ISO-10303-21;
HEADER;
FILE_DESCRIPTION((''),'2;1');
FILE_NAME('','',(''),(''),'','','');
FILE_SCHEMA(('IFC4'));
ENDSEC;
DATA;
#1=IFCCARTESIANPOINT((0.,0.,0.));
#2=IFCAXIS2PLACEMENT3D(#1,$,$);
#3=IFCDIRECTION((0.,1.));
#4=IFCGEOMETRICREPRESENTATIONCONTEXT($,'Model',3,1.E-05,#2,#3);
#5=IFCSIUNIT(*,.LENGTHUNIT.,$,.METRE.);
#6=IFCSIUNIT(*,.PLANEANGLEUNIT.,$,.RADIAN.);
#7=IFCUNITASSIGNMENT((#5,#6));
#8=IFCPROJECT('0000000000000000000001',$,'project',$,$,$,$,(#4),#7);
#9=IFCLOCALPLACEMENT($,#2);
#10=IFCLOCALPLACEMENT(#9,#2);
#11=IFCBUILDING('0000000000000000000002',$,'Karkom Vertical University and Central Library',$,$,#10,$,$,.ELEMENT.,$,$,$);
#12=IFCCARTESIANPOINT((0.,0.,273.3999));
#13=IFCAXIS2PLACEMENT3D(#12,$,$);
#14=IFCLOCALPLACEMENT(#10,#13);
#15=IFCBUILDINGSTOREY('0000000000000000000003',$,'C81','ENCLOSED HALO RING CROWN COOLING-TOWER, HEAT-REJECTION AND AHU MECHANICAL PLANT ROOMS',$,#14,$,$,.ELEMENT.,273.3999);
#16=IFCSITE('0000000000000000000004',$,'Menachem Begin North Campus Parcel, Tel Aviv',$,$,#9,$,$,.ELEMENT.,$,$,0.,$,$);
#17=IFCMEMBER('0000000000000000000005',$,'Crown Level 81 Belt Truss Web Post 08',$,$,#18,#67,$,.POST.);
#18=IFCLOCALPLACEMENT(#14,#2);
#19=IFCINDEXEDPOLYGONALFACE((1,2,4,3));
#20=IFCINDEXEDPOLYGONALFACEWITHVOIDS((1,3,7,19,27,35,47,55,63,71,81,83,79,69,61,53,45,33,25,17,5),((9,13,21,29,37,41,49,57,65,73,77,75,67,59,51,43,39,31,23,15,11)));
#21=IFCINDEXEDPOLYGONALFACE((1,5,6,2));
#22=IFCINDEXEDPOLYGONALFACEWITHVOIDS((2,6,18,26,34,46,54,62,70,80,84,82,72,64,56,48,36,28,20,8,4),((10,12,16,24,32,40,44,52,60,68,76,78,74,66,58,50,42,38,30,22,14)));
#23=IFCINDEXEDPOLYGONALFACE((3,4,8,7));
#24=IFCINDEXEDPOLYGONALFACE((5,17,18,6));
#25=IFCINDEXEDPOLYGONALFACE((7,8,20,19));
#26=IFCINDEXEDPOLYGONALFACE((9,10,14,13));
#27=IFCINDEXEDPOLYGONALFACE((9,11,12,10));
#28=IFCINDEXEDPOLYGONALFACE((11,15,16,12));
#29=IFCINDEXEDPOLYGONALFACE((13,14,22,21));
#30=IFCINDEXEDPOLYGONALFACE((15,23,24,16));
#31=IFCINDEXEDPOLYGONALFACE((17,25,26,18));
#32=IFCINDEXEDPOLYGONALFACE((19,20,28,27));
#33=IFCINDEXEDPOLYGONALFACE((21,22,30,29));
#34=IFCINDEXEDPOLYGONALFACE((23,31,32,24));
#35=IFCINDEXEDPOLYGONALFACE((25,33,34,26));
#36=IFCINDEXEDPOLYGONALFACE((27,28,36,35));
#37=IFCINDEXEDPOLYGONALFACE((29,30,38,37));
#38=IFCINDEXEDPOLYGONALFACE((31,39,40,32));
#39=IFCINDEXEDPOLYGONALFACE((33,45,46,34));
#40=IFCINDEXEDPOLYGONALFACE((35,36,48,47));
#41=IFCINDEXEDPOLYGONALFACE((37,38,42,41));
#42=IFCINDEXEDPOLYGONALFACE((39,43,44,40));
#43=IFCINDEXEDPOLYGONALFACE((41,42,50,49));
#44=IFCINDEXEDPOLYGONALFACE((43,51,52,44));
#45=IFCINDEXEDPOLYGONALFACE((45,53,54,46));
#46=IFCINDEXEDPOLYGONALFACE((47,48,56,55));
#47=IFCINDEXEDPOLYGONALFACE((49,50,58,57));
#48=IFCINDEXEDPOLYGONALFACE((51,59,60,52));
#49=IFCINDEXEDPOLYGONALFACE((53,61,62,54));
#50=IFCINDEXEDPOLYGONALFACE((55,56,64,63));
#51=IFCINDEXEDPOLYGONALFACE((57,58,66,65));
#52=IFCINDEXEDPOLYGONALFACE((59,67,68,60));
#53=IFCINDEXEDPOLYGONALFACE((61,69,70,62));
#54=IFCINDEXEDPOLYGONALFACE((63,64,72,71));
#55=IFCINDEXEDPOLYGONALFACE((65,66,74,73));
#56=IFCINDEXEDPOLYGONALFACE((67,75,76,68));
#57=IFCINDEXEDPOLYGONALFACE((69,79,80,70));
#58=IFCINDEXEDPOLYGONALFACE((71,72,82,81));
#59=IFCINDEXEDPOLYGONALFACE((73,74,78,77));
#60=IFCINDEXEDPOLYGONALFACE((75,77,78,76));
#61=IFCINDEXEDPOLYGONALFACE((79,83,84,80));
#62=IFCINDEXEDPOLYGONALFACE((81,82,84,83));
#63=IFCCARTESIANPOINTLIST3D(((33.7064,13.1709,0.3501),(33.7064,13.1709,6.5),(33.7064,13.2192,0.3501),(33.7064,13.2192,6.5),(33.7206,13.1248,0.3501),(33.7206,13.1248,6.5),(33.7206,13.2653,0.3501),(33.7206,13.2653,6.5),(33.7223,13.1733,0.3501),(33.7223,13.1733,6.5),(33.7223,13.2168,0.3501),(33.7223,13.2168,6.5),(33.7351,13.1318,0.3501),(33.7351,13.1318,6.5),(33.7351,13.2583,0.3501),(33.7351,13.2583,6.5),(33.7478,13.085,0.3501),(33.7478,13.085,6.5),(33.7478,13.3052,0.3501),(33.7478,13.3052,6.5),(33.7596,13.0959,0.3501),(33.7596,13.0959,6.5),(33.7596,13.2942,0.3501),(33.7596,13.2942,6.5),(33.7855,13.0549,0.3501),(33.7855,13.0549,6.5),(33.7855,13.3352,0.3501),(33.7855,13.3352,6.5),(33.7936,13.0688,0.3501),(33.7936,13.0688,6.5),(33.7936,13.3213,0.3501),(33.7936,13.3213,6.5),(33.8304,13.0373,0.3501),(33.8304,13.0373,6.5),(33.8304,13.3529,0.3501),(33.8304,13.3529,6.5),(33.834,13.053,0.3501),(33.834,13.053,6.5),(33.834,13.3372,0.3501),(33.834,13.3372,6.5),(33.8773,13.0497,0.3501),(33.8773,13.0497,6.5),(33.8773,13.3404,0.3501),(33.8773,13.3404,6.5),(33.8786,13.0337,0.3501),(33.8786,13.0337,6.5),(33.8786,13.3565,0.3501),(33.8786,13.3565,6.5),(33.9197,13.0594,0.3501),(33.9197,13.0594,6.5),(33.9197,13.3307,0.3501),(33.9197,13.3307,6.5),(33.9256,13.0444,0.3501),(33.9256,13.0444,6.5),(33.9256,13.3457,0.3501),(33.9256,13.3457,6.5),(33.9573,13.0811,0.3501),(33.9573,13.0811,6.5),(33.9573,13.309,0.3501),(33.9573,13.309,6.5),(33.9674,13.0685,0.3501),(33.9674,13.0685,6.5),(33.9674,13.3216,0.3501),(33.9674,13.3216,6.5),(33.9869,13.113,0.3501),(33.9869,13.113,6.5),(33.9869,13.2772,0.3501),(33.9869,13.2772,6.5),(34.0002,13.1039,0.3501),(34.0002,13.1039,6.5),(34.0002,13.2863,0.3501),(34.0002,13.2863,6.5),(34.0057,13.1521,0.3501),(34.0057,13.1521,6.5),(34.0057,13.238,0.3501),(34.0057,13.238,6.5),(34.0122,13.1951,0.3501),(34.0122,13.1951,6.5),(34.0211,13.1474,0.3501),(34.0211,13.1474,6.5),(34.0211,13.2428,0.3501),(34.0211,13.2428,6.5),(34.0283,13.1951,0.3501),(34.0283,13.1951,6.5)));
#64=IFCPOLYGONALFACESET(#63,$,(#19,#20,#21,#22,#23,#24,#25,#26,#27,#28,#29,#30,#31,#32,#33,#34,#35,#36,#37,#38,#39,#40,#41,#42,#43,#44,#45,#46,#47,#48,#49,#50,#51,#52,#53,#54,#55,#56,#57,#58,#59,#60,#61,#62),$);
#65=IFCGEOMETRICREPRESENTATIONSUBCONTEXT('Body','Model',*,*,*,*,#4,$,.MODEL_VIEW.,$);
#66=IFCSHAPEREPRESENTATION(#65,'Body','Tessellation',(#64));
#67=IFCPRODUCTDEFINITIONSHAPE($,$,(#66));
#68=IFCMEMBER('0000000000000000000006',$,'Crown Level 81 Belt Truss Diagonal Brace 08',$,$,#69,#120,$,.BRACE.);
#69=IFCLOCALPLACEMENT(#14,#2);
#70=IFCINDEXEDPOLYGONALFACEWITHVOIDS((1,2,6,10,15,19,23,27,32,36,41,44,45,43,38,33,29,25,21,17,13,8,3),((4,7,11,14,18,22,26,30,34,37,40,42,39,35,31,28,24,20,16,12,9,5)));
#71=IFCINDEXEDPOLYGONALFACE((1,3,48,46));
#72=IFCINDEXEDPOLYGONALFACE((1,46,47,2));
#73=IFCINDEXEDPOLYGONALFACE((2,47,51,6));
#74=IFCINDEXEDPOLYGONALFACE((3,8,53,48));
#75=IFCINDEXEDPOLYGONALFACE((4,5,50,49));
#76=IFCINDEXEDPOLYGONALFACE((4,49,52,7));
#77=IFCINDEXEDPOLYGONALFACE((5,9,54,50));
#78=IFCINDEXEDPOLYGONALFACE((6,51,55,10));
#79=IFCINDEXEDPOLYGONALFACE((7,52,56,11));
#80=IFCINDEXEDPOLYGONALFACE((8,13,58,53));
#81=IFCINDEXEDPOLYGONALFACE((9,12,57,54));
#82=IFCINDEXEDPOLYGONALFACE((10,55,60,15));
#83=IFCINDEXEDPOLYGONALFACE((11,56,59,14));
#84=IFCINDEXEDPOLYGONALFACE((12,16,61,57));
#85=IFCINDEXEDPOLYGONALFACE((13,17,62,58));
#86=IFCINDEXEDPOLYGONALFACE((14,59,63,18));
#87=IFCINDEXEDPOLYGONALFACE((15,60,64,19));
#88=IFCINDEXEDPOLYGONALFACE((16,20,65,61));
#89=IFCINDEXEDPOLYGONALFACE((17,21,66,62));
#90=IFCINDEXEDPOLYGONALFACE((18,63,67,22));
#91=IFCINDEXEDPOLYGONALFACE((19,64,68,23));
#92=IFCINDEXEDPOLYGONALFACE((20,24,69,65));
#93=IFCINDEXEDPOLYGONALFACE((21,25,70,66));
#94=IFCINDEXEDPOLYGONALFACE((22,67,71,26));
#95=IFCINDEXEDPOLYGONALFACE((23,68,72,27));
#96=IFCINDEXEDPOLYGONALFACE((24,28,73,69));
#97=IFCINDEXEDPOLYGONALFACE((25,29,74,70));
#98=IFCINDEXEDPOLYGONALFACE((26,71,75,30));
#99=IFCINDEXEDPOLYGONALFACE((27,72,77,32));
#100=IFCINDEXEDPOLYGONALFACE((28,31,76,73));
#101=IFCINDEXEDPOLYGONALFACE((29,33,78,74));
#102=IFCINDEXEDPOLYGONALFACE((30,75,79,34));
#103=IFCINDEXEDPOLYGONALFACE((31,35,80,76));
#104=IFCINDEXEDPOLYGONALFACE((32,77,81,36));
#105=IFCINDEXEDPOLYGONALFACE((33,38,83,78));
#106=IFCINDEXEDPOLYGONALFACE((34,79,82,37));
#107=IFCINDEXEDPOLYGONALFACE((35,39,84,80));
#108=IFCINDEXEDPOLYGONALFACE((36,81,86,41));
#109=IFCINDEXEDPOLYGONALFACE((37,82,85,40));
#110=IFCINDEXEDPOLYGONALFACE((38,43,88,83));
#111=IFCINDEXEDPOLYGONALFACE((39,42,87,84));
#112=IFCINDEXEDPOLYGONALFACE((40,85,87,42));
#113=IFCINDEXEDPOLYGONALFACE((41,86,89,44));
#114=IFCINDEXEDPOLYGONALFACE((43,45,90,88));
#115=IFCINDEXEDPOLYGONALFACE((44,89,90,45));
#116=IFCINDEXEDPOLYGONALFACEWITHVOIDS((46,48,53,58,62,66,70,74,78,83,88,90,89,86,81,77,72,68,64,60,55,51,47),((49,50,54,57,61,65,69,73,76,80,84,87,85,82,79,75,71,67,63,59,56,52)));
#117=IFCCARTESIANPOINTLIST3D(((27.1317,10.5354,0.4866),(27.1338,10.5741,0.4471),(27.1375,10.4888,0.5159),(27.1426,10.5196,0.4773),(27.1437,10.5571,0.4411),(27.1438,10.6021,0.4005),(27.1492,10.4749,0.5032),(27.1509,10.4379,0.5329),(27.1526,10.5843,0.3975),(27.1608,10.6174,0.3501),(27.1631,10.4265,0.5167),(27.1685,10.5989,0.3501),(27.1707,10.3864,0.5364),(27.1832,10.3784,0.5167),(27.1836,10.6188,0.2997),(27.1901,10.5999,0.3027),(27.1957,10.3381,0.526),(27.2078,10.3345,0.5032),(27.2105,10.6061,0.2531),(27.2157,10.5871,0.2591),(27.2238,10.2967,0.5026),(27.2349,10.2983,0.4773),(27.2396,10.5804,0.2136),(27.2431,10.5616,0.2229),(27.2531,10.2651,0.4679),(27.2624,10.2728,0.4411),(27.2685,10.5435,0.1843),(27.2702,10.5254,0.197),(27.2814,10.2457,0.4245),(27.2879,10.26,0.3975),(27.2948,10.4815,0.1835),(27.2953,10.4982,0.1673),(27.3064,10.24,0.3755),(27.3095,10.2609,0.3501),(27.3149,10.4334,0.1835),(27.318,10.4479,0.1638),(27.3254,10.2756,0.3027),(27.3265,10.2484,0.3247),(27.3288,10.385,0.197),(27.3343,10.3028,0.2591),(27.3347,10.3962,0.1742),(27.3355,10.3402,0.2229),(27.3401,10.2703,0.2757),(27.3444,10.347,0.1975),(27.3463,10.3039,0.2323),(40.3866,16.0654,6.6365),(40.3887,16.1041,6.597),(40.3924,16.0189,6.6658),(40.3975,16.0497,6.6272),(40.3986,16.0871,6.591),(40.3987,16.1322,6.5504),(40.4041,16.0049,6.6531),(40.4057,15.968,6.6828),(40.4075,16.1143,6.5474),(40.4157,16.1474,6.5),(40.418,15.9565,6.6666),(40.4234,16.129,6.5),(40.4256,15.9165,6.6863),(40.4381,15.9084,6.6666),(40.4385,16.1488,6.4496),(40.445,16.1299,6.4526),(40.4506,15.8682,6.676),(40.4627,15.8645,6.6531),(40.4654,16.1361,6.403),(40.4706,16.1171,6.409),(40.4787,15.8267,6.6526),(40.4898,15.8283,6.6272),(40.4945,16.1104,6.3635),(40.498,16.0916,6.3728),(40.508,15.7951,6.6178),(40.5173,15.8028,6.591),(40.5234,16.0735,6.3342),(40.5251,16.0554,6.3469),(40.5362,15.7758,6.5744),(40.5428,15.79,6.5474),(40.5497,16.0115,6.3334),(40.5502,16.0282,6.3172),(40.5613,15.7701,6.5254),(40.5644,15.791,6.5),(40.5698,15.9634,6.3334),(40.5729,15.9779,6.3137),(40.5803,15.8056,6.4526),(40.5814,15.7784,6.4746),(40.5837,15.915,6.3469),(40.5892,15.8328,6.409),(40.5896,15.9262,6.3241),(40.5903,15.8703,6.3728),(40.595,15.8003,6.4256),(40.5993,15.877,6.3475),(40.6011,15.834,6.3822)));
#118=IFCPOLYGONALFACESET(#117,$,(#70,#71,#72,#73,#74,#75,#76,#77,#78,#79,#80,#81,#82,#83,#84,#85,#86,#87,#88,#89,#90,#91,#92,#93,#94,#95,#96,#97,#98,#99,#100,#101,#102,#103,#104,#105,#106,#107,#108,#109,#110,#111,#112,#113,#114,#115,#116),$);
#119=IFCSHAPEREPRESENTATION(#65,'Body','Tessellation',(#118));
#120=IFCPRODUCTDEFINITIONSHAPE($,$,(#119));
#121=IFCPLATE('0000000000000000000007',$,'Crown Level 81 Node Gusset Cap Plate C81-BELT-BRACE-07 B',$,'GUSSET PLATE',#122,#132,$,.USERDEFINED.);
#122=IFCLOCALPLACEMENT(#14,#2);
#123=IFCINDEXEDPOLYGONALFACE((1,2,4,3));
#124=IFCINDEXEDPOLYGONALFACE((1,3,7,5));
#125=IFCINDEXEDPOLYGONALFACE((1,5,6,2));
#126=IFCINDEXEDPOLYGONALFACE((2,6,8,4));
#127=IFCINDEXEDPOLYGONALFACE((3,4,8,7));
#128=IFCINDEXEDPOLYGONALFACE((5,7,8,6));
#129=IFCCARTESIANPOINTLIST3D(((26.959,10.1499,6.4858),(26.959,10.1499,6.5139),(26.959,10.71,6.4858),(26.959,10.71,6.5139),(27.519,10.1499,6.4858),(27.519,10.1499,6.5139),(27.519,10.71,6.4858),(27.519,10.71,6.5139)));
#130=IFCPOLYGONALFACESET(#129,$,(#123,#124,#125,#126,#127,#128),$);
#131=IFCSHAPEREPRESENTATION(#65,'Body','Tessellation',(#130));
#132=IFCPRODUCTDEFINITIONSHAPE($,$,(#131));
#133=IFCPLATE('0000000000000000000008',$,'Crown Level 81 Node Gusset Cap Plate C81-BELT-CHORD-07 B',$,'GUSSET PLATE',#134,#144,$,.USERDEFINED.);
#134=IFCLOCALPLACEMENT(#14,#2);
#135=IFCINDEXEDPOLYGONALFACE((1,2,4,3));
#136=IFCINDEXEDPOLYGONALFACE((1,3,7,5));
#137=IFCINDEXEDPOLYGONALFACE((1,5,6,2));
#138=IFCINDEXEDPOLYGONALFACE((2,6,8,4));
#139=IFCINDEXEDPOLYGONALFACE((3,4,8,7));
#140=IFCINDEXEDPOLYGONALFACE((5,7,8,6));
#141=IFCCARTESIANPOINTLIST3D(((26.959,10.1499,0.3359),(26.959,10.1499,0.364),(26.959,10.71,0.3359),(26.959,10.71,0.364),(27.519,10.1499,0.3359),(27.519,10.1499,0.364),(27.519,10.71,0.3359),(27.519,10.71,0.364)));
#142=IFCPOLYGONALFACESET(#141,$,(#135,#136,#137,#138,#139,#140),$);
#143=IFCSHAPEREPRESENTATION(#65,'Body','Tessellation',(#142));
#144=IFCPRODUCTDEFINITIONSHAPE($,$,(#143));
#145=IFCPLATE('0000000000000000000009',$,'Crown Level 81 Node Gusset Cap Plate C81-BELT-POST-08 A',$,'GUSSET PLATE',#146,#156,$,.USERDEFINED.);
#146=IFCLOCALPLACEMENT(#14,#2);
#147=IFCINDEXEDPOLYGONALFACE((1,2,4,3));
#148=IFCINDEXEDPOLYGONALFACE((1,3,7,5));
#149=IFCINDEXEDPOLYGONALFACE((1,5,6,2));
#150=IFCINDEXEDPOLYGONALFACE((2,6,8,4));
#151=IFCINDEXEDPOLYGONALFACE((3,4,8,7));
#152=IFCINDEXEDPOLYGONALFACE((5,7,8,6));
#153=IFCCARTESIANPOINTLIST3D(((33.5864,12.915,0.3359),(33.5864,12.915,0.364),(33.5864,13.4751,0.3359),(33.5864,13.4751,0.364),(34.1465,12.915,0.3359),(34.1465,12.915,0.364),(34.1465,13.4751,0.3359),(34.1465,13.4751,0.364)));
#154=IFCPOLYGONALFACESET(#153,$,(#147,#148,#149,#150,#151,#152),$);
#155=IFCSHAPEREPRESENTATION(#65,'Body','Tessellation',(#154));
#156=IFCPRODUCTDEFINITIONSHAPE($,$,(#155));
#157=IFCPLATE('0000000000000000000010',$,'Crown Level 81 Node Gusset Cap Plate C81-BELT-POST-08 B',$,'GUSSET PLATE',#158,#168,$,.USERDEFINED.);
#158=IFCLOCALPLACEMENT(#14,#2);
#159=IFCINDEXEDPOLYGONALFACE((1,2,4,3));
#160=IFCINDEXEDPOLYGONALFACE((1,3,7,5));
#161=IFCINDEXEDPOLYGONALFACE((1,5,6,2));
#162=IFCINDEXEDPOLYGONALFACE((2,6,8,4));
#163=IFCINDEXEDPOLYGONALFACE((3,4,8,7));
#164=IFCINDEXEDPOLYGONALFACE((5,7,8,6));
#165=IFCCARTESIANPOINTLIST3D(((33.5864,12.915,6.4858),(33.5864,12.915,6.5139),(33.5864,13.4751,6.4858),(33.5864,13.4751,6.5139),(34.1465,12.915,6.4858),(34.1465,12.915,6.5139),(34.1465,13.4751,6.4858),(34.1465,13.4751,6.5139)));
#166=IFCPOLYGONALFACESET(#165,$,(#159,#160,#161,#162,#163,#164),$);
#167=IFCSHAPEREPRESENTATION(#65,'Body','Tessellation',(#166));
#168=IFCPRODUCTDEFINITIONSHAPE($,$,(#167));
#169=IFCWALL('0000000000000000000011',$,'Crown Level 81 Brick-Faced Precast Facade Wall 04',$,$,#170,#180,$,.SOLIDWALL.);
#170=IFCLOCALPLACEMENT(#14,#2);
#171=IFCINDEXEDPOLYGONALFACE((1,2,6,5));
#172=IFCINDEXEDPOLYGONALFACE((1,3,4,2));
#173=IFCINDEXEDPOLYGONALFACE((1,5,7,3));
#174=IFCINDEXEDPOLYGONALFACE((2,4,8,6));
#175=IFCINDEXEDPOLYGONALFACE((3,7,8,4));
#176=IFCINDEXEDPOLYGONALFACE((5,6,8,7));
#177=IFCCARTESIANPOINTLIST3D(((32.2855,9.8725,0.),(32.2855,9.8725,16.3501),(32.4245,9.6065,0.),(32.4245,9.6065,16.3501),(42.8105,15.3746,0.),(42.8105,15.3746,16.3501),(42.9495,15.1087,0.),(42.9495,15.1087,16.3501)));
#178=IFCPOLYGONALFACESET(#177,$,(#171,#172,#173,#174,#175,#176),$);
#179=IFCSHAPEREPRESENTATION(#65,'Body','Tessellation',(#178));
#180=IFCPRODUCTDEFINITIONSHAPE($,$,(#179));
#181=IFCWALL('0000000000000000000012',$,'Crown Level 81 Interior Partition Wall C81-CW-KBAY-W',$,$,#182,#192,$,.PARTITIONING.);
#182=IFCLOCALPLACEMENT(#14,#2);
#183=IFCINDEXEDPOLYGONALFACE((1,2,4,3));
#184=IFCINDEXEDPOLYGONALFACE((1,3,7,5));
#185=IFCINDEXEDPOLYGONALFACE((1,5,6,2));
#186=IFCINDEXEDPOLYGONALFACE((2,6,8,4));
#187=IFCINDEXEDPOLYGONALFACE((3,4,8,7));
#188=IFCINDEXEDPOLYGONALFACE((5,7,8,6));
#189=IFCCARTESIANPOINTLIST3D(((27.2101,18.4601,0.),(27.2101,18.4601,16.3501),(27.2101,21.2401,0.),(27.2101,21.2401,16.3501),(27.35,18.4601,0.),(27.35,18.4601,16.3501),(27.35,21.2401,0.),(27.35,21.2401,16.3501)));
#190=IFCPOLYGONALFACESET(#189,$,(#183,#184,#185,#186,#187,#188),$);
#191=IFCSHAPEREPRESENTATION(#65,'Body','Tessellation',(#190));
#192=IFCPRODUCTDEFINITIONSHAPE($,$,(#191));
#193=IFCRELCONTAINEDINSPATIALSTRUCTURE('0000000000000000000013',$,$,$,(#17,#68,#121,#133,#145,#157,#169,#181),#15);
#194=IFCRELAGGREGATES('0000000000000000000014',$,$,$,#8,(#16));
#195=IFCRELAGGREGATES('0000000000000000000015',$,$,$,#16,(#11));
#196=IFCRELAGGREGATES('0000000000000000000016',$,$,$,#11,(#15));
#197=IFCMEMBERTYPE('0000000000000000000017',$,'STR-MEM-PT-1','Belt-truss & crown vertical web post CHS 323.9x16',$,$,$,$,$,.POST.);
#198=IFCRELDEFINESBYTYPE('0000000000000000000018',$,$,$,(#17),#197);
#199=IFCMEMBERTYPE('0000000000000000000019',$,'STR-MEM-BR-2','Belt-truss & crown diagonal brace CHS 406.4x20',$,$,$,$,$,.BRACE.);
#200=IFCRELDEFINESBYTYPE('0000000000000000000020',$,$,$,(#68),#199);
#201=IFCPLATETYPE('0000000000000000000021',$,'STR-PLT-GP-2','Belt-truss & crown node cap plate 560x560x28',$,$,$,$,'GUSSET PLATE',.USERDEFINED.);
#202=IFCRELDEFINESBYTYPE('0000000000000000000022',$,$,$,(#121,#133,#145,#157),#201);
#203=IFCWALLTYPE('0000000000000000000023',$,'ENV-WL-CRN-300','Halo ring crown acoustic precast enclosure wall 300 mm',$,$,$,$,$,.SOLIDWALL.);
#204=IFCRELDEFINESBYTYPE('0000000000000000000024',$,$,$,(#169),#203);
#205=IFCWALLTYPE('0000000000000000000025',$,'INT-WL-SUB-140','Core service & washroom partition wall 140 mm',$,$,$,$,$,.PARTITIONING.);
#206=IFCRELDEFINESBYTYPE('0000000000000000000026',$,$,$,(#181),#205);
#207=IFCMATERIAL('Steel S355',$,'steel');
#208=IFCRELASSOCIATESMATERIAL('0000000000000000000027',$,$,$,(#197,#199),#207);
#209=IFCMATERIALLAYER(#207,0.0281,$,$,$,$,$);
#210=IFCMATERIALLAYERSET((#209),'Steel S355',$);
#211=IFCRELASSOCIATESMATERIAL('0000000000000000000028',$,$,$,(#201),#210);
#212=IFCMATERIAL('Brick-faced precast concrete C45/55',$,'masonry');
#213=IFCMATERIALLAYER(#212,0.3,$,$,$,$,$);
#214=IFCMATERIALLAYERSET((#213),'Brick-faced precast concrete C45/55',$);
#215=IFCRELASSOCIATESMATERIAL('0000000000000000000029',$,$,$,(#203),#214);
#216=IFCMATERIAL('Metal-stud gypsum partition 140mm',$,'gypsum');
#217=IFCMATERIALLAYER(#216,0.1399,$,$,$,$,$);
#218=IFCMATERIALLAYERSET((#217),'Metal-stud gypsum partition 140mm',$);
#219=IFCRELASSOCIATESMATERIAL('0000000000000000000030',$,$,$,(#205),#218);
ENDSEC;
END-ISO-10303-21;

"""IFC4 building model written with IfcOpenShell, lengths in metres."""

from ifc_helpers import new_model, si_unit, direction, frame, frame_2d, origin, origin_with_axes, origin_2d, place, context, subcontext, project, spatial, rectangle, hollow_circle, extrude, source, transform, mapped, material, layer, layer_set, material_profile, profile_set, type_object, element, save


model = new_model("IFC4")

# Units and contexts
model_context = context("Model", 3, precision=1e-05, world=origin(), true_north=direction((0.0, 1.0)))
body_context = subcontext(model_context, "Body", "Model", "MODEL_VIEW")
ifc_project = project(units=[si_unit("LENGTHUNIT", "METRE"), si_unit("PLANEANGLEUNIT", "RADIAN")], contexts=[model_context])

# Site, building, storey
site_placement = place(None, origin())
site = spatial("IfcSite", under=ifc_project, at=site_placement, Name="Menachem Begin North Campus Parcel, Tel Aviv", CompositionType="ELEMENT", RefElevation=0.0)
building_placement = place(site_placement, origin())
building = spatial("IfcBuilding", under=site, at=building_placement, Name="Karkom Vertical University and Central Library", CompositionType="ELEMENT")
storey_placement = place(building_placement, frame((0.0, 0.0, 273.3999)))
storey = spatial("IfcBuildingStorey", under=building, at=storey_placement, Name="C81", Description="ENCLOSED HALO RING CROWN COOLING-TOWER, HEAT-REJECTION AND AHU MECHANICAL PLANT ROOMS", CompositionType="ELEMENT", Elevation=273.3999)

# Shared definitions
ifc_material_1 = material(Name="Steel S355", Category="steel")

# Members
ifc_material_profile_1 = material_profile(ifc_material_1, hollow_circle(Radius=0.1619, WallThickness=0.0161, at=origin_2d()), Name="CHS 323.9x16")
ifc_profile_set_1 = profile_set([ifc_material_profile_1], Name="Steel S355")
member_type_1 = type_object("IfcMemberType", Name="STR-MEM-PT-1", Description="Belt-truss & crown vertical web post CHS 323.9x16", PredefinedType="POST", material=ifc_profile_set_1)
shared_shape_1 = source(origin_with_axes(), body_context, "Body", "SweptSolid", [
    extrude(hollow_circle(Radius=0.1619, WallThickness=0.0161, at=origin_2d()), origin(), (0.0, 0.0, 1.0), 6.1499),
])
member_1_placement = place(storey_placement, frame((33.8665, 13.1951, 0.3501), z_axis=(0.0, 0.0, 1.0), x_axis=(1.0, 0.0, 0.0)))
element("IfcMember", 1, at=member_1_placement, inside=storey, type_object=member_type_1, Name="Crown Level 81 Belt Truss Web Post 08", PredefinedType="POST", context=body_context, shape_type="MappedRepresentation", body=[
    mapped(shared_shape_1, transform((0.0, 0.0, 0.0), scale=1.0)),
])
ifc_material_profile_2 = material_profile(ifc_material_1, hollow_circle(Radius=0.2031, WallThickness=0.02, at=origin_2d()), Name="CHS 406.4x20")
ifc_profile_set_2 = profile_set([ifc_material_profile_2], Name="Steel S355")
member_type_2 = type_object("IfcMemberType", Name="STR-MEM-BR-2", Description="Belt-truss & crown diagonal brace CHS 406.4x20", PredefinedType="BRACE", material=ifc_profile_set_2)
shared_shape_2 = source(origin_with_axes(), body_context, "Body", "SweptSolid", [
    extrude(hollow_circle(Radius=0.2031, WallThickness=0.02, at=origin_2d()), origin(), (0.0, 0.0, 1.0), 15.6235),
])
member_2_placement = place(storey_placement, frame((27.239, 10.4299, 0.3501), z_axis=(0.848393, 0.353955, 0.393631), x_axis=(-0.38504, 0.9229, 0.0)))
element("IfcMember", 2, at=member_2_placement, inside=storey, type_object=member_type_2, Name="Crown Level 81 Belt Truss Diagonal Brace 08", PredefinedType="BRACE", context=body_context, shape_type="MappedRepresentation", body=[
    mapped(shared_shape_2, transform((0.0, 0.0, 0.0), scale=1.0)),
])

# Plates
ifc_layer_1 = layer(ifc_material_1, 0.0281)
ifc_layer_set_1 = layer_set([ifc_layer_1], Name="Steel S355")
plate_type = type_object("IfcPlateType", Name="STR-PLT-GP-2", Description="Belt-truss & crown node cap plate 560x560x28", ElementType="GUSSET PLATE", PredefinedType="USERDEFINED", material=ifc_layer_set_1)
shared_shape_3 = source(origin_with_axes(), body_context, "Body", "SweptSolid", [
    extrude(rectangle(XDim=0.5601, YDim=0.5601, at=origin_2d()), origin(), (0.0, 0.0, 1.0), 0.0281),
])
for number, where, z_axis, x_axis, name in (
    (3, (27.239, 10.4299, 6.4858), (0.0, 0.0, 1.0), (1.0, 0.0, 0.0), "Crown Level 81 Node Gusset Cap Plate C81-BELT-BRACE-07 B"),
    (4, (27.239, 10.4299, 0.3359), (0.0, 0.0, 1.0), (1.0, 0.0, 0.0), "Crown Level 81 Node Gusset Cap Plate C81-BELT-CHORD-07 B"),
    (5, (33.8665, 13.1951, 0.3359), (0.0, 0.0, 1.0), (1.0, 0.0, 0.0), "Crown Level 81 Node Gusset Cap Plate C81-BELT-POST-08 A"),
    (6, (33.8665, 13.1951, 6.4858), (0.0, 0.0, 1.0), (1.0, 0.0, 0.0), "Crown Level 81 Node Gusset Cap Plate C81-BELT-POST-08 B"),
):
    element("IfcPlate", number, at=place(storey_placement, frame(where, z_axis=z_axis, x_axis=x_axis)), inside=storey, type_object=plate_type, Name=name, ObjectType="GUSSET PLATE", PredefinedType="USERDEFINED", context=body_context, shape_type="MappedRepresentation", body=[
        mapped(shared_shape_3, transform((0.0, 0.0, 0.0), scale=1.0)),
    ])

# Walls
ifc_material_2 = material(Name="Brick-faced precast concrete C45/55", Category="masonry")
ifc_layer_2 = layer(ifc_material_2, 0.3)
ifc_layer_set_2 = layer_set([ifc_layer_2], Name="Brick-faced precast concrete C45/55")
wall_type_1 = type_object("IfcWallType", Name="ENV-WL-CRN-300", Description="Halo ring crown acoustic precast enclosure wall 300 mm", PredefinedType="SOLIDWALL", material=ifc_layer_set_2)
wall_1_placement = place(storey_placement, frame((32.355, 9.7395, 0.0), z_axis=(0.0, 0.0, 1.0), x_axis=(0.886211, 0.463282, 0.0)))
element("IfcWall", 7, at=wall_1_placement, inside=storey, type_object=wall_type_1, Name="Crown Level 81 Brick-Faced Precast Facade Wall 04", PredefinedType="SOLIDWALL", context=body_context, shape_type="SweptSolid", body=[
    extrude(rectangle(XDim=11.8765, YDim=0.3, at=frame_2d((5.9382, 0.0))), origin(), (0.0, 0.0, 1.0), 16.3501),
])
ifc_material_3 = material(Name="Metal-stud gypsum partition 140mm", Category="gypsum")
ifc_layer_3 = layer(ifc_material_3, 0.1399)
ifc_layer_set_3 = layer_set([ifc_layer_3], Name="Metal-stud gypsum partition 140mm")
wall_type_2 = type_object("IfcWallType", Name="INT-WL-SUB-140", Description="Core service & washroom partition wall 140 mm", PredefinedType="PARTITIONING", material=ifc_layer_set_3)
for number, where, z_axis, x_axis, name in (
    (8, (27.28, 18.46, 0.0), (0.0, 0.0, 1.0), (0.0, 1.0, 0.0), "Crown Level 81 Interior Partition Wall C81-CW-KBAY-W"),
):
    element("IfcWall", number, at=place(storey_placement, frame(where, z_axis=z_axis, x_axis=x_axis)), inside=storey, type_object=wall_type_2, Name=name, PredefinedType="PARTITIONING", context=body_context, shape_type="SweptSolid", body=[
        extrude(rectangle(XDim=2.78, YDim=0.1399, at=frame_2d((1.3901, 0.0))), origin(), (0.0, 0.0, 1.0), 16.3501),
    ])

save(model, "model.ifc")
